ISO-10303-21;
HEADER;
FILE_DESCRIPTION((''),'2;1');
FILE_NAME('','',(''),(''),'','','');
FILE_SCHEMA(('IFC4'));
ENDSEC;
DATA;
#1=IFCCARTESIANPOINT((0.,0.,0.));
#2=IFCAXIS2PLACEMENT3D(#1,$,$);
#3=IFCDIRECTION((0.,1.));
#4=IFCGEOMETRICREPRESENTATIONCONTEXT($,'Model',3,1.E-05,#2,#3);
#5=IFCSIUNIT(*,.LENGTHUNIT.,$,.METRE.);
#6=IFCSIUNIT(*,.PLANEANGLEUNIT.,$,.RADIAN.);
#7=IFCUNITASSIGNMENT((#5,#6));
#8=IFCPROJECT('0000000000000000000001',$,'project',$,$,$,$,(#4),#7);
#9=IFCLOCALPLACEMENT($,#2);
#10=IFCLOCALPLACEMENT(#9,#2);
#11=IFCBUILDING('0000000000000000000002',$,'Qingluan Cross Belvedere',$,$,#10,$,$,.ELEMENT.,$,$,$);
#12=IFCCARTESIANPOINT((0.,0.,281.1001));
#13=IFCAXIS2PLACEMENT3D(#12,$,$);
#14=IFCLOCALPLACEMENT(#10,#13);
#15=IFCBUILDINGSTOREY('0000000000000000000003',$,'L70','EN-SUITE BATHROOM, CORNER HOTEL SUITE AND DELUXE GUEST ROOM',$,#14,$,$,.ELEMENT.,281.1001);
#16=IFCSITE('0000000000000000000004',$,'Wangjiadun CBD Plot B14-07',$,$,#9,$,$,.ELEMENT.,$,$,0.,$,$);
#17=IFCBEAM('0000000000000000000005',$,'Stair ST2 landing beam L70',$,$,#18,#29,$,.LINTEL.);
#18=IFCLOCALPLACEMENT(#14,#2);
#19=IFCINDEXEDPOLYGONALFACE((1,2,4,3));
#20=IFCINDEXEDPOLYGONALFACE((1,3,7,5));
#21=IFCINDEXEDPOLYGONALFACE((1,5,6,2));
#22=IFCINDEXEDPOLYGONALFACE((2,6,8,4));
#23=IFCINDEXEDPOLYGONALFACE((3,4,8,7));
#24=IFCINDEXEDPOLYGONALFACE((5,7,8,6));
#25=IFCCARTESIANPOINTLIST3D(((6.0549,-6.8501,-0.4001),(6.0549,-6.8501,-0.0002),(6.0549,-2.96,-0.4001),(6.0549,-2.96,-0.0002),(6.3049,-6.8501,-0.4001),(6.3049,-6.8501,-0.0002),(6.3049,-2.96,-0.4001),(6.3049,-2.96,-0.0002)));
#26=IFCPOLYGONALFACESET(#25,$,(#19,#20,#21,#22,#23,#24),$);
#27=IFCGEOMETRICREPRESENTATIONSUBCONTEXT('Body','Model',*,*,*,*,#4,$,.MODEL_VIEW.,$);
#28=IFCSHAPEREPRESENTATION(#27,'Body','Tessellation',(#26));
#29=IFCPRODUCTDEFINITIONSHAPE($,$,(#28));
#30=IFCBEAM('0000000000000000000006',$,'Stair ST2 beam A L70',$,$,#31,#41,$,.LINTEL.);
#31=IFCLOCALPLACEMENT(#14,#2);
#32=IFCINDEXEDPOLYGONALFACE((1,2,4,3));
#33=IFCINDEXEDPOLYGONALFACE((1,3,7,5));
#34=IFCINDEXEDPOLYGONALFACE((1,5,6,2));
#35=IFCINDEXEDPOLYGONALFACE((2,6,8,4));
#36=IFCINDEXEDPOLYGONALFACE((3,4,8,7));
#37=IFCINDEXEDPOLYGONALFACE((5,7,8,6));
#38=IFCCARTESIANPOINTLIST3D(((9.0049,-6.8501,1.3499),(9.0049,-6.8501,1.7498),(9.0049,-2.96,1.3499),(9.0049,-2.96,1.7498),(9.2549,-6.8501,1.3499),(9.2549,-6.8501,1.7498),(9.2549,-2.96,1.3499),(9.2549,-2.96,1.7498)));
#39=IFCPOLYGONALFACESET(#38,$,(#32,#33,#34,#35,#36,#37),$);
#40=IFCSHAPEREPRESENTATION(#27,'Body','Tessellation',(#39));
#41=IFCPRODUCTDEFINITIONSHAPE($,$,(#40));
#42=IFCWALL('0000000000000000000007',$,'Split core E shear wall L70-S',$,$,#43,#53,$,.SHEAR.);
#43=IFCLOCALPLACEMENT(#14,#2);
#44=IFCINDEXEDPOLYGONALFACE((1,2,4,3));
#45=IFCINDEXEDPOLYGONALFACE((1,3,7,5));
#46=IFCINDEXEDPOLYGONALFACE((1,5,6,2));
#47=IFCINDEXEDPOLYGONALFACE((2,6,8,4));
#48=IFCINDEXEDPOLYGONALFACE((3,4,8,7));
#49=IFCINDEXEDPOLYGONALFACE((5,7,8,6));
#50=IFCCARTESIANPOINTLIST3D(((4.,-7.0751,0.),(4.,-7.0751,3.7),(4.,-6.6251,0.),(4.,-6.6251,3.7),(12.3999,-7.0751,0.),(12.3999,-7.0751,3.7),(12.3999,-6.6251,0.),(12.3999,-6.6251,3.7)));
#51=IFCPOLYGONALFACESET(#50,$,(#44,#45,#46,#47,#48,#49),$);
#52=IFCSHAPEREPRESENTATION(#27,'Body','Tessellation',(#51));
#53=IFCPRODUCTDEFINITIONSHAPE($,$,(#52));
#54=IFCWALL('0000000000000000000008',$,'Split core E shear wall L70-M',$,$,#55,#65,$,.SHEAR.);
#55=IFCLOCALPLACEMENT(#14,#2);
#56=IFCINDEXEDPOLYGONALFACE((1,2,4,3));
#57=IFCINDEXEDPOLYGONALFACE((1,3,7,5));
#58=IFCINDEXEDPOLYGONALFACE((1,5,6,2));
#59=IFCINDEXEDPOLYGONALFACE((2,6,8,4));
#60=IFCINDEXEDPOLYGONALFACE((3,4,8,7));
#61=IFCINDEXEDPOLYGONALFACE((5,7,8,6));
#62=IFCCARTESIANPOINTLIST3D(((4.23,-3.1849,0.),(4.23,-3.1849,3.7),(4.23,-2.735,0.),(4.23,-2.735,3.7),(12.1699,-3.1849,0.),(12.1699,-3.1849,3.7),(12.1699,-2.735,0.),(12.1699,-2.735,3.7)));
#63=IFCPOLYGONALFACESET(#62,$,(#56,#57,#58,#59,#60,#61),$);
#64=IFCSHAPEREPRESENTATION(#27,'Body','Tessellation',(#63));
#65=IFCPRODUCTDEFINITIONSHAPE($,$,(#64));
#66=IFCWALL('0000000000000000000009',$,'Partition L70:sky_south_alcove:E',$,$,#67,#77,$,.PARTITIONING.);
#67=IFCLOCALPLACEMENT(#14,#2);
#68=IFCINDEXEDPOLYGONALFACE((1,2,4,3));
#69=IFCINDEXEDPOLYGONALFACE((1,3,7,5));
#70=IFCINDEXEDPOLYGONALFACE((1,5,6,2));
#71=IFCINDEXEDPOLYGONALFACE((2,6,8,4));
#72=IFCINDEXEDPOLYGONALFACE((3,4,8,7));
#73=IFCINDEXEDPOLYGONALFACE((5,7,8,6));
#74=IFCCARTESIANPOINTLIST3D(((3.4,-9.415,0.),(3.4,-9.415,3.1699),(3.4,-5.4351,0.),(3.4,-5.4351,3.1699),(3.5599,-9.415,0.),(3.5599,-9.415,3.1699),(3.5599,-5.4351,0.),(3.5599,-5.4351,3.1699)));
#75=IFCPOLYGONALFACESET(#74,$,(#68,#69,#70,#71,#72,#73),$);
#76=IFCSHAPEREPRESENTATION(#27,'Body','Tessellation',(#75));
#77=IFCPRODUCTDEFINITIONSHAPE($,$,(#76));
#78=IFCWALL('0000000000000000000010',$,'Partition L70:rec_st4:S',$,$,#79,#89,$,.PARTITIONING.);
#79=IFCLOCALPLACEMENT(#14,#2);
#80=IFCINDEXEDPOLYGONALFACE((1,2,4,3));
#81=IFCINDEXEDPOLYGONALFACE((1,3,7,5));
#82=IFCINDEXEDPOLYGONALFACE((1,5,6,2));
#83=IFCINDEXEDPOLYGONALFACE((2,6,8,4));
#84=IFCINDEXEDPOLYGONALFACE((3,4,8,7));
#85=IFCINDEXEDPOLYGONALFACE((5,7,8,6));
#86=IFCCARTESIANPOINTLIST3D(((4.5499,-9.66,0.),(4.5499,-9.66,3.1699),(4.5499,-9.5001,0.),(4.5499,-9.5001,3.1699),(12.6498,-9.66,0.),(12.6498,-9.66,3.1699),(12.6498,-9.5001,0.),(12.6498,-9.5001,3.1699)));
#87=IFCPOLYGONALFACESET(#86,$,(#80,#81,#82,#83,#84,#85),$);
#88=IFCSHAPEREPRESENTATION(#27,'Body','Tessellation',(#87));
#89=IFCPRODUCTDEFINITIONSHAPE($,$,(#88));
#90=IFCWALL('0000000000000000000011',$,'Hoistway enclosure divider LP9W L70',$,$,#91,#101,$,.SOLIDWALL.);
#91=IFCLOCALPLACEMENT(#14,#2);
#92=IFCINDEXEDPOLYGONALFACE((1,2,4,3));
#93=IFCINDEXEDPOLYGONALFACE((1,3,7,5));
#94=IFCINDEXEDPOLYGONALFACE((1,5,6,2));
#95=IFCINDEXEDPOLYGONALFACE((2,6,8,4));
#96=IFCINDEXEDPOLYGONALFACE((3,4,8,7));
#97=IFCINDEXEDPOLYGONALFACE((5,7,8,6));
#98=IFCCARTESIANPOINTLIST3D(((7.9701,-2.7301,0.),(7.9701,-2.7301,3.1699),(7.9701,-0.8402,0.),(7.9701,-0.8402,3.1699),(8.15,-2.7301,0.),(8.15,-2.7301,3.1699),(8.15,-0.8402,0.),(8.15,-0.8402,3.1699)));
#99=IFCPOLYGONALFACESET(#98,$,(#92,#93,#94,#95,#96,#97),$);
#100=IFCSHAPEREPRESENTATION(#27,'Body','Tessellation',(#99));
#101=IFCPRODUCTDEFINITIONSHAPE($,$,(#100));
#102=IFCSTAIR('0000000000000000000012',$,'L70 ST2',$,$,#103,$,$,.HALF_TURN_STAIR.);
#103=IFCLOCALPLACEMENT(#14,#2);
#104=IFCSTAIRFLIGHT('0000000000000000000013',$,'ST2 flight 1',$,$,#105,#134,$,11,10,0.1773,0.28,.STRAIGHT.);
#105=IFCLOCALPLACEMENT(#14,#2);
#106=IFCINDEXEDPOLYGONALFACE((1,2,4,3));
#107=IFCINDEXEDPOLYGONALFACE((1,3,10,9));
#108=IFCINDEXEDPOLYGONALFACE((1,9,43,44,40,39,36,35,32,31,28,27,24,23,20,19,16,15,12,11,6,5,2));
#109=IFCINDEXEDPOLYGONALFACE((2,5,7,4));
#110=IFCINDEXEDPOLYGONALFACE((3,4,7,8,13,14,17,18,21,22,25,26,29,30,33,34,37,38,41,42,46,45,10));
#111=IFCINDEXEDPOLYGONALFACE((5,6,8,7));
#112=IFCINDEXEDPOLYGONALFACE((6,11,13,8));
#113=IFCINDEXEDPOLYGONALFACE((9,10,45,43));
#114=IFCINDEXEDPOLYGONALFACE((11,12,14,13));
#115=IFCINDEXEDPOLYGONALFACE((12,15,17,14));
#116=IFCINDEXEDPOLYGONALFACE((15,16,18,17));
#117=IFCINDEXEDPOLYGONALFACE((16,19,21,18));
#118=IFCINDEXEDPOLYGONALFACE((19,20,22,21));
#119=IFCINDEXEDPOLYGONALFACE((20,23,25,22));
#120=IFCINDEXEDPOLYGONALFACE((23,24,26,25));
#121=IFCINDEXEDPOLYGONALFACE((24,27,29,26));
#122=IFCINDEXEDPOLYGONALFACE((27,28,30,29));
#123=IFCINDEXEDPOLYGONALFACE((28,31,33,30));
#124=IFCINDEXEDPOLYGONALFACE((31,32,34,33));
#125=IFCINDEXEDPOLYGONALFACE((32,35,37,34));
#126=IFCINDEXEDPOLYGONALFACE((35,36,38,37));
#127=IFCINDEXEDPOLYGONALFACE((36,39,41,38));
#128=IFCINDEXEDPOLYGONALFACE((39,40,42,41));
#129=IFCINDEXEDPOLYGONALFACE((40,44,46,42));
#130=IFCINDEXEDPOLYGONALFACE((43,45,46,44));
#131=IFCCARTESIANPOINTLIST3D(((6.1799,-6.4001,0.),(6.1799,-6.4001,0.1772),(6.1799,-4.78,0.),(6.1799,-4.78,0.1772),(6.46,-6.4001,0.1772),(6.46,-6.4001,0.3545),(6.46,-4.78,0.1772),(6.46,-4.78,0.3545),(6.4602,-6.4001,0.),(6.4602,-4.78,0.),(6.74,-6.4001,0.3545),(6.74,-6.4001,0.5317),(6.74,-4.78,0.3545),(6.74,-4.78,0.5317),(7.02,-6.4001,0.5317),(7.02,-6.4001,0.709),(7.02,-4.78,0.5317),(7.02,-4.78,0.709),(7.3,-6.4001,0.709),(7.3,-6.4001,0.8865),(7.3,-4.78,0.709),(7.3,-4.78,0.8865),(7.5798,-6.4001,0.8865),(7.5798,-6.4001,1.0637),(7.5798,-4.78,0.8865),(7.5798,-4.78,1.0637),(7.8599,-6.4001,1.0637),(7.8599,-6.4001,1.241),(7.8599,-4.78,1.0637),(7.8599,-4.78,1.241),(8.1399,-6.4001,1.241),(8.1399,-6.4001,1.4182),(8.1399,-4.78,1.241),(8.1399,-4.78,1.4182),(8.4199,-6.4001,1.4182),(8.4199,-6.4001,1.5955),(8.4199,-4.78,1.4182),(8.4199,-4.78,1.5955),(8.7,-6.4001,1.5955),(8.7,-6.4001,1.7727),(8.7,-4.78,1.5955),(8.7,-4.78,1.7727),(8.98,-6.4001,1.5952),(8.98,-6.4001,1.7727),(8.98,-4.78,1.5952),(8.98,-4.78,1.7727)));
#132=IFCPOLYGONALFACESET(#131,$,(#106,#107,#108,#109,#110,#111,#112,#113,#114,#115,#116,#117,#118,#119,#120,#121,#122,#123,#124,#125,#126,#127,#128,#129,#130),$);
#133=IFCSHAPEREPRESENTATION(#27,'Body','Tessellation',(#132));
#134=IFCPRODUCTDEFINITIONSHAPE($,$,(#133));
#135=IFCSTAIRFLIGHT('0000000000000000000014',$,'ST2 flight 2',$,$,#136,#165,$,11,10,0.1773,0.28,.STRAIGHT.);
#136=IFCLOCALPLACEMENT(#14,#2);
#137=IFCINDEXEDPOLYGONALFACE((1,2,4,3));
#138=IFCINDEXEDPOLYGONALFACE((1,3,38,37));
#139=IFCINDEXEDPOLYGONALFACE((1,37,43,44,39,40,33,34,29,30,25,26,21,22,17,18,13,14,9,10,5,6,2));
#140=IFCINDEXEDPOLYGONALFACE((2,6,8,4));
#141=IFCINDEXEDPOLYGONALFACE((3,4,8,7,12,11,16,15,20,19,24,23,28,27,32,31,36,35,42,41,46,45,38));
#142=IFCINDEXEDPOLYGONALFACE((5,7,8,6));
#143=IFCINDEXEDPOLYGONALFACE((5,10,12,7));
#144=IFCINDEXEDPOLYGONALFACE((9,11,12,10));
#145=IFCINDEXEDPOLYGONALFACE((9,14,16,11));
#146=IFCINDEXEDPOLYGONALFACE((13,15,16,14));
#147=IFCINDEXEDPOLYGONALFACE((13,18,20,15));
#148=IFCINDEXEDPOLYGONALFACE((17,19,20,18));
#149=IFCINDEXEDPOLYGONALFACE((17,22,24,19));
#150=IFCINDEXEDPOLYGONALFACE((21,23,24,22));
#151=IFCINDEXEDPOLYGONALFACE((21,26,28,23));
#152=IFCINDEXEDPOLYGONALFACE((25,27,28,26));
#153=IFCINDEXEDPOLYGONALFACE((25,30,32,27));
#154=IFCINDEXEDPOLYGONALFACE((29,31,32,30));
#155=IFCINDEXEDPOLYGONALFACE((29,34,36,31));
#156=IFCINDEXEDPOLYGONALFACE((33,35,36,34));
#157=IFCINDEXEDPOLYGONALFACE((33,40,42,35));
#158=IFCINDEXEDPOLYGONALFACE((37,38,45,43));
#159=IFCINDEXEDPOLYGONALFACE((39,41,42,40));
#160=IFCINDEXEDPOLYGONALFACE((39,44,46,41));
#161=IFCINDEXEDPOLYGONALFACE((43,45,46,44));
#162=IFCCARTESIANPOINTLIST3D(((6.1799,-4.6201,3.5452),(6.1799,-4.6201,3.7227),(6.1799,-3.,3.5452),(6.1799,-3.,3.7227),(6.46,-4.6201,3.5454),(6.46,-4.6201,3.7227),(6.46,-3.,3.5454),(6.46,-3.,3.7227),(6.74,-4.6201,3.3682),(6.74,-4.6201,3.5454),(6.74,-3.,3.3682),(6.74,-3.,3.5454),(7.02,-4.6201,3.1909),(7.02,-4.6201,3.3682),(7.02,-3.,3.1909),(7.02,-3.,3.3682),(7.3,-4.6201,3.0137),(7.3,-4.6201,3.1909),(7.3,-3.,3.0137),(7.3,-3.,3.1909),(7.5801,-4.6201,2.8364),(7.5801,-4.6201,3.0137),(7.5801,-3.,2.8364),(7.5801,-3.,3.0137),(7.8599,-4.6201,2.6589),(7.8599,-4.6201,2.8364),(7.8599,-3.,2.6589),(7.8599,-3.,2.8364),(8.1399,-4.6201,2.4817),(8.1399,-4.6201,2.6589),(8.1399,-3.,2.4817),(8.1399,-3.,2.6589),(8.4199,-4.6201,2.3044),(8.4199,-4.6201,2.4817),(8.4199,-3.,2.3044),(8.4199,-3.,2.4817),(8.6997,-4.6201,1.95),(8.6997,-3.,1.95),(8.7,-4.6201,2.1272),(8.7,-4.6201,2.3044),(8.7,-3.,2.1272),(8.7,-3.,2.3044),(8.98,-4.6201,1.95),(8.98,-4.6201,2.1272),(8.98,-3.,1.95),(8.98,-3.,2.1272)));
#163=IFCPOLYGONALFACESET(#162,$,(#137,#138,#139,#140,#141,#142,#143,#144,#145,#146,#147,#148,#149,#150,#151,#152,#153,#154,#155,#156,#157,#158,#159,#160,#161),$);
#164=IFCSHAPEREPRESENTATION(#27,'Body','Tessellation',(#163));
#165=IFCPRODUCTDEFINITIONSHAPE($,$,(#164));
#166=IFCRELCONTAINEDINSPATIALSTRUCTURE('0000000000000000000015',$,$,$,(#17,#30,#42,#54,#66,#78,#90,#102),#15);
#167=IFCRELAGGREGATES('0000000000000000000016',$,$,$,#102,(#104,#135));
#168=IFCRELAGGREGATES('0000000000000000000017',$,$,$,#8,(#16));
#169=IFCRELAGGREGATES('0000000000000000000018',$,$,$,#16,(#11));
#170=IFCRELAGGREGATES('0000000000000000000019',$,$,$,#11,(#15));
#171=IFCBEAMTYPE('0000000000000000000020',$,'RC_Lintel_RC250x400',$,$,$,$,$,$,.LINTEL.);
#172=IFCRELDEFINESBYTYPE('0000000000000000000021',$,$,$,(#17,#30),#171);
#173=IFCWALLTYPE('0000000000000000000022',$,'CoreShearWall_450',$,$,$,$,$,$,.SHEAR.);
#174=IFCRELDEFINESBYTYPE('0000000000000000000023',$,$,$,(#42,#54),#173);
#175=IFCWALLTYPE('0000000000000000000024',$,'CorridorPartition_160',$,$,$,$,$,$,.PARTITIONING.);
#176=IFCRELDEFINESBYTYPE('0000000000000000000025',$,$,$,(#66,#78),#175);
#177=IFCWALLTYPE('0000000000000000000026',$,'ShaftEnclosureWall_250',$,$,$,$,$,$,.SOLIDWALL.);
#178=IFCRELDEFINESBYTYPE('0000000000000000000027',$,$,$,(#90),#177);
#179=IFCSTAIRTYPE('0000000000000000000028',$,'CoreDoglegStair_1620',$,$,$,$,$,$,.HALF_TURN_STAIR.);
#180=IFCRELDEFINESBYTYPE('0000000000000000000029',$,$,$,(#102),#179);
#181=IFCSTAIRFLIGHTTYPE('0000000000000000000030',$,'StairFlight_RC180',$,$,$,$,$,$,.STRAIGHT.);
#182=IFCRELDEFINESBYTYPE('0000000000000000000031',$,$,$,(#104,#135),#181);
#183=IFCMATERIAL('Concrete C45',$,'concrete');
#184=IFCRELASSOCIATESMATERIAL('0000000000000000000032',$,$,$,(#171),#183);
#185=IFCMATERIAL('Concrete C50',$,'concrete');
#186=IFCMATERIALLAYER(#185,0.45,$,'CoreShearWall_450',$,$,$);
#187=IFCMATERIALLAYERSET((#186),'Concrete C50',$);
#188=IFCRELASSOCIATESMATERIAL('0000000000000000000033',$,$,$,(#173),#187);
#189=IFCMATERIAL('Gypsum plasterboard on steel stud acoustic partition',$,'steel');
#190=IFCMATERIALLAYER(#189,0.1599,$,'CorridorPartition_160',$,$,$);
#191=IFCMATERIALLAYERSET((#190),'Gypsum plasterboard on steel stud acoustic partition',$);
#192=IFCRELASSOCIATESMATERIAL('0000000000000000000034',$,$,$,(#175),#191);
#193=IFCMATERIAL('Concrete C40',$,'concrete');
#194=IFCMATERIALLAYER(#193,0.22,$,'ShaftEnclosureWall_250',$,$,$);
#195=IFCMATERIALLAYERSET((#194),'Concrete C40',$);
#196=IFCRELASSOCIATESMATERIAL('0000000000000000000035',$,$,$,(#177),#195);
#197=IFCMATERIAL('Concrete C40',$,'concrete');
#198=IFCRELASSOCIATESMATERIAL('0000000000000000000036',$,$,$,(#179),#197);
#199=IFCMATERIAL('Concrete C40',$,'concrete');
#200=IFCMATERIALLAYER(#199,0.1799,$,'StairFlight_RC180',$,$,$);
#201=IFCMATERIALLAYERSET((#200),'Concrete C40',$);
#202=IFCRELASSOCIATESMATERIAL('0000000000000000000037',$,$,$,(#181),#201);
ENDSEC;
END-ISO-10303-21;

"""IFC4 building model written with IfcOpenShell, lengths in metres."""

from ifc_helpers import new_model, si_unit, direction, frame, frame_2d, origin, origin_2d, place, context, subcontext, project, spatial, polyline, rectangle, outline, extrude, material, layer, layer_set, material_profile, profile_set, type_object, element, aggregate, save


model = new_model("IFC4")

# Units and contexts
model_context = context("Model", 3, precision=1e-05, world=origin(), true_north=direction((0.0, 1.0)))
body_context = subcontext(model_context, "Body", "Model", "MODEL_VIEW")
ifc_project = project(units=[si_unit("LENGTHUNIT", "METRE"), si_unit("PLANEANGLEUNIT", "RADIAN")], contexts=[model_context])

# Site, building, storey
site_placement = place(None, origin())
site = spatial("IfcSite", under=ifc_project, at=site_placement, Name="Wangjiadun CBD Plot B14-07", CompositionType="ELEMENT", RefElevation=0.0)
building_placement = place(site_placement, origin())
building = spatial("IfcBuilding", under=site, at=building_placement, Name="Qingluan Cross Belvedere", CompositionType="ELEMENT")
storey_placement = place(building_placement, frame((0.0, 0.0, 281.1001)))
storey = spatial("IfcBuildingStorey", under=building, at=storey_placement, Name="L70", Description="EN-SUITE BATHROOM, CORNER HOTEL SUITE AND DELUXE GUEST ROOM", CompositionType="ELEMENT", Elevation=281.1001)

# Beams
ifc_material_1 = material(Name="Concrete C45", Category="concrete")
ifc_material_profile = material_profile(ifc_material_1, rectangle(XDim=0.25, YDim=0.3999, at=origin_2d()), Name="RC250x400")
ifc_profile_set = profile_set([ifc_material_profile], Name="Concrete C45")
beam_type = type_object("IfcBeamType", Name="RC_Lintel_RC250x400", PredefinedType="LINTEL", material=ifc_profile_set)
for number, where, z_axis, x_axis, name in (
    (1, (6.1799, -6.8501, -0.2002), (0.0, 1.0, 0.0), (-1.0, 0.0, 0.0), "Stair ST2 landing beam L70"),
    (2, (9.1299, -6.8501, 1.5498), (0.0, 1.0, 0.0), (-1.0, 0.0, 0.0), "Stair ST2 beam A L70"),
):
    element("IfcBeam", number, at=place(storey_placement, frame(where, z_axis=z_axis, x_axis=x_axis)), inside=storey, type_object=beam_type, Name=name, PredefinedType="LINTEL", context=body_context, shape_type="SweptSolid", body=[
        extrude(rectangle(XDim=0.25, YDim=0.3999, at=origin_2d()), origin(), (0.0, 0.0, 1.0), 3.8901),
    ])

# Wall
ifc_material_2 = material(Name="Concrete C50", Category="concrete")
ifc_layer_1 = layer(ifc_material_2, 0.45, Name="CoreShearWall_450")
ifc_layer_set_1 = layer_set([ifc_layer_1], Name="Concrete C50")
wall_type_1 = type_object("IfcWallType", Name="CoreShearWall_450", PredefinedType="SHEAR", material=ifc_layer_set_1)
wall_1_placement = place(storey_placement, frame((4.0, -6.8501, 0.0), z_axis=(0.0, 0.0, 1.0), x_axis=(1.0, 0.0, 0.0)))
element("IfcWall", 3, at=wall_1_placement, inside=storey, type_object=wall_type_1, Name="Split core E shear wall L70-S", PredefinedType="SHEAR", context=body_context, shape_type="SweptSolid", body=[
    extrude(rectangle(XDim=8.3999, YDim=0.45, at=frame_2d((4.2, 0.0))), origin(), (0.0, 0.0, 1.0), 3.7),
])

# Wall
wall_2_placement = place(storey_placement, frame((4.23, -2.96, 0.0), z_axis=(0.0, 0.0, 1.0), x_axis=(1.0, 0.0, 0.0)))
element("IfcWall", 4, at=wall_2_placement, inside=storey, type_object=wall_type_1, Name="Split core E shear wall L70-M", PredefinedType="SHEAR", context=body_context, shape_type="SweptSolid", body=[
    extrude(rectangle(XDim=7.9399, YDim=0.45, at=frame_2d((3.97, 0.0))), origin(), (0.0, 0.0, 1.0), 3.7),
])

# Shared definitions
ifc_material_3 = material(Name="Gypsum plasterboard on steel stud acoustic partition", Category="steel")
ifc_layer_2 = layer(ifc_material_3, 0.1599, Name="CorridorPartition_160")
ifc_layer_set_2 = layer_set([ifc_layer_2], Name="Gypsum plasterboard on steel stud acoustic partition")
wall_type_2 = type_object("IfcWallType", Name="CorridorPartition_160", PredefinedType="PARTITIONING", material=ifc_layer_set_2)

# Walls
wall_3_placement = place(storey_placement, frame((3.48, -9.415, 0.0), z_axis=(0.0, 0.0, 1.0), x_axis=(0.0, 1.0, 0.0)))
element("IfcWall", 5, at=wall_3_placement, inside=storey, type_object=wall_type_2, Name="Partition L70:sky_south_alcove:E", PredefinedType="PARTITIONING", context=body_context, shape_type="SweptSolid", body=[
    extrude(rectangle(XDim=3.98, YDim=0.1599, at=frame_2d((1.99, 0.0))), origin(), (0.0, 0.0, 1.0), 3.1699),
])
wall_4_placement = place(storey_placement, frame((4.55, -9.5801, 0.0), z_axis=(0.0, 0.0, 1.0), x_axis=(1.0, 0.0, 0.0)))
element("IfcWall", 6, at=wall_4_placement, inside=storey, type_object=wall_type_2, Name="Partition L70:rec_st4:S", PredefinedType="PARTITIONING", context=body_context, shape_type="SweptSolid", body=[
    extrude(rectangle(XDim=8.0999, YDim=0.1599, at=frame_2d((4.0498, 0.0))), origin(), (0.0, 0.0, 1.0), 3.1699),
])

# Wall
ifc_material_4 = material(Name="Concrete C40", Category="concrete")
ifc_layer_3 = layer(ifc_material_4, 0.22, Name="ShaftEnclosureWall_250")
ifc_layer_set_3 = layer_set([ifc_layer_3], Name="Concrete C40")
wall_type_3 = type_object("IfcWallType", Name="ShaftEnclosureWall_250", PredefinedType="SOLIDWALL", material=ifc_layer_set_3)
wall_5_placement = place(storey_placement, frame((8.0601, -2.73, 0.0), z_axis=(0.0, 0.0, 1.0), x_axis=(0.0, 1.0, 0.0)))
element("IfcWall", 7, at=wall_5_placement, inside=storey, type_object=wall_type_3, Name="Hoistway enclosure divider LP9W L70", PredefinedType="SOLIDWALL", context=body_context, shape_type="SweptSolid", body=[
    extrude(rectangle(XDim=1.8899, YDim=0.1799, at=frame_2d((0.9448, 0.0))), origin(), (0.0, 0.0, 1.0), 3.1699),
])

# Stair, stair flights
ifc_material_5 = material(Name="Concrete C40", Category="concrete")
stair_type = type_object("IfcStairType", Name="CoreDoglegStair_1620", PredefinedType="HALF_TURN_STAIR", material=ifc_material_5)
stair_placement = place(storey_placement, origin())
stair = element("IfcStair", 8, at=stair_placement, inside=storey, type_object=stair_type, Name="L70 ST2", PredefinedType="HALF_TURN_STAIR")
ifc_material_6 = material(Name="Concrete C40", Category="concrete")
ifc_layer_4 = layer(ifc_material_6, 0.1799, Name="StairFlight_RC180")
ifc_layer_set_4 = layer_set([ifc_layer_4], Name="Concrete C40")
stair_flight_type = type_object("IfcStairFlightType", Name="StairFlight_RC180", PredefinedType="STRAIGHT", material=ifc_layer_set_4)
stair_flight_1_placement = place(storey_placement, frame((6.1799, -5.5901, 0.0), z_axis=(0.0, 0.0, 1.0), x_axis=(1.0, 0.0, 0.0)))
stair_flight_1 = element("IfcStairFlight", 9, at=stair_flight_1_placement, type_object=stair_flight_type, Name="ST2 flight 1", NumberOfRisers=11, NumberOfTreads=10, PredefinedType="STRAIGHT", RiserHeight=0.1773, TreadLength=0.28, context=body_context, shape_type="SweptSolid", body=[
    extrude(outline(polyline([(0.0, 0.0), (0.0, 0.1772), (0.28, 0.1772), (0.28, 0.3545), (0.5601, 0.3545), (0.5601, 0.5317), (0.8401, 0.5317), (0.8401, 0.709), (1.1201, 0.709), (1.1201, 0.8865), (1.3999, 0.8865), (1.3999, 1.0637), (1.6799, 1.0637), (1.6799, 1.241), (1.96, 1.241), (1.96, 1.4182), (2.24, 1.4182), (2.24, 1.5955), (2.52, 1.5955), (2.52, 1.7727), (2.8, 1.7727), (2.8, 1.95), (2.8, 1.5952), (0.2803, 0.0), (0.0, 0.0)])), frame((0.0, 0.8101, 0.0), z_axis=(0.0, -1.0, 0.0), x_axis=(1.0, 0.0, 0.0)), (0.0, 0.0, 1.0), 1.6201),
])
stair_flight_2_placement = place(storey_placement, frame((8.98, -3.8101, 1.95), z_axis=(0.0, 0.0, 1.0), x_axis=(-1.0, 0.0, 0.0)))
stair_flight_2 = element("IfcStairFlight", 10, at=stair_flight_2_placement, type_object=stair_flight_type, Name="ST2 flight 2", NumberOfRisers=11, NumberOfTreads=10, PredefinedType="STRAIGHT", RiserHeight=0.1773, TreadLength=0.28, context=body_context, shape_type="SweptSolid", body=[
    extrude(outline(polyline([(0.0, 0.0), (0.0, 0.1772), (0.28, 0.1772), (0.28, 0.3545), (0.5601, 0.3545), (0.5601, 0.5317), (0.8401, 0.5317), (0.8401, 0.709), (1.1201, 0.709), (1.1201, 0.8865), (1.3999, 0.8865), (1.3999, 1.0637), (1.6799, 1.0637), (1.6799, 1.241), (1.96, 1.241), (1.96, 1.4182), (2.24, 1.4182), (2.24, 1.5955), (2.52, 1.5955), (2.52, 1.7727), (2.8, 1.7727), (2.8, 1.95), (2.8, 1.5952), (0.2803, 0.0), (0.0, 0.0)])), frame((0.0, 0.8101, 0.0), z_axis=(0.0, -1.0, 0.0), x_axis=(1.0, 0.0, 0.0)), (0.0, 0.0, 1.0), 1.6201),
])
aggregate(stair, [stair_flight_1, stair_flight_2])

save(model, "model.ifc")
